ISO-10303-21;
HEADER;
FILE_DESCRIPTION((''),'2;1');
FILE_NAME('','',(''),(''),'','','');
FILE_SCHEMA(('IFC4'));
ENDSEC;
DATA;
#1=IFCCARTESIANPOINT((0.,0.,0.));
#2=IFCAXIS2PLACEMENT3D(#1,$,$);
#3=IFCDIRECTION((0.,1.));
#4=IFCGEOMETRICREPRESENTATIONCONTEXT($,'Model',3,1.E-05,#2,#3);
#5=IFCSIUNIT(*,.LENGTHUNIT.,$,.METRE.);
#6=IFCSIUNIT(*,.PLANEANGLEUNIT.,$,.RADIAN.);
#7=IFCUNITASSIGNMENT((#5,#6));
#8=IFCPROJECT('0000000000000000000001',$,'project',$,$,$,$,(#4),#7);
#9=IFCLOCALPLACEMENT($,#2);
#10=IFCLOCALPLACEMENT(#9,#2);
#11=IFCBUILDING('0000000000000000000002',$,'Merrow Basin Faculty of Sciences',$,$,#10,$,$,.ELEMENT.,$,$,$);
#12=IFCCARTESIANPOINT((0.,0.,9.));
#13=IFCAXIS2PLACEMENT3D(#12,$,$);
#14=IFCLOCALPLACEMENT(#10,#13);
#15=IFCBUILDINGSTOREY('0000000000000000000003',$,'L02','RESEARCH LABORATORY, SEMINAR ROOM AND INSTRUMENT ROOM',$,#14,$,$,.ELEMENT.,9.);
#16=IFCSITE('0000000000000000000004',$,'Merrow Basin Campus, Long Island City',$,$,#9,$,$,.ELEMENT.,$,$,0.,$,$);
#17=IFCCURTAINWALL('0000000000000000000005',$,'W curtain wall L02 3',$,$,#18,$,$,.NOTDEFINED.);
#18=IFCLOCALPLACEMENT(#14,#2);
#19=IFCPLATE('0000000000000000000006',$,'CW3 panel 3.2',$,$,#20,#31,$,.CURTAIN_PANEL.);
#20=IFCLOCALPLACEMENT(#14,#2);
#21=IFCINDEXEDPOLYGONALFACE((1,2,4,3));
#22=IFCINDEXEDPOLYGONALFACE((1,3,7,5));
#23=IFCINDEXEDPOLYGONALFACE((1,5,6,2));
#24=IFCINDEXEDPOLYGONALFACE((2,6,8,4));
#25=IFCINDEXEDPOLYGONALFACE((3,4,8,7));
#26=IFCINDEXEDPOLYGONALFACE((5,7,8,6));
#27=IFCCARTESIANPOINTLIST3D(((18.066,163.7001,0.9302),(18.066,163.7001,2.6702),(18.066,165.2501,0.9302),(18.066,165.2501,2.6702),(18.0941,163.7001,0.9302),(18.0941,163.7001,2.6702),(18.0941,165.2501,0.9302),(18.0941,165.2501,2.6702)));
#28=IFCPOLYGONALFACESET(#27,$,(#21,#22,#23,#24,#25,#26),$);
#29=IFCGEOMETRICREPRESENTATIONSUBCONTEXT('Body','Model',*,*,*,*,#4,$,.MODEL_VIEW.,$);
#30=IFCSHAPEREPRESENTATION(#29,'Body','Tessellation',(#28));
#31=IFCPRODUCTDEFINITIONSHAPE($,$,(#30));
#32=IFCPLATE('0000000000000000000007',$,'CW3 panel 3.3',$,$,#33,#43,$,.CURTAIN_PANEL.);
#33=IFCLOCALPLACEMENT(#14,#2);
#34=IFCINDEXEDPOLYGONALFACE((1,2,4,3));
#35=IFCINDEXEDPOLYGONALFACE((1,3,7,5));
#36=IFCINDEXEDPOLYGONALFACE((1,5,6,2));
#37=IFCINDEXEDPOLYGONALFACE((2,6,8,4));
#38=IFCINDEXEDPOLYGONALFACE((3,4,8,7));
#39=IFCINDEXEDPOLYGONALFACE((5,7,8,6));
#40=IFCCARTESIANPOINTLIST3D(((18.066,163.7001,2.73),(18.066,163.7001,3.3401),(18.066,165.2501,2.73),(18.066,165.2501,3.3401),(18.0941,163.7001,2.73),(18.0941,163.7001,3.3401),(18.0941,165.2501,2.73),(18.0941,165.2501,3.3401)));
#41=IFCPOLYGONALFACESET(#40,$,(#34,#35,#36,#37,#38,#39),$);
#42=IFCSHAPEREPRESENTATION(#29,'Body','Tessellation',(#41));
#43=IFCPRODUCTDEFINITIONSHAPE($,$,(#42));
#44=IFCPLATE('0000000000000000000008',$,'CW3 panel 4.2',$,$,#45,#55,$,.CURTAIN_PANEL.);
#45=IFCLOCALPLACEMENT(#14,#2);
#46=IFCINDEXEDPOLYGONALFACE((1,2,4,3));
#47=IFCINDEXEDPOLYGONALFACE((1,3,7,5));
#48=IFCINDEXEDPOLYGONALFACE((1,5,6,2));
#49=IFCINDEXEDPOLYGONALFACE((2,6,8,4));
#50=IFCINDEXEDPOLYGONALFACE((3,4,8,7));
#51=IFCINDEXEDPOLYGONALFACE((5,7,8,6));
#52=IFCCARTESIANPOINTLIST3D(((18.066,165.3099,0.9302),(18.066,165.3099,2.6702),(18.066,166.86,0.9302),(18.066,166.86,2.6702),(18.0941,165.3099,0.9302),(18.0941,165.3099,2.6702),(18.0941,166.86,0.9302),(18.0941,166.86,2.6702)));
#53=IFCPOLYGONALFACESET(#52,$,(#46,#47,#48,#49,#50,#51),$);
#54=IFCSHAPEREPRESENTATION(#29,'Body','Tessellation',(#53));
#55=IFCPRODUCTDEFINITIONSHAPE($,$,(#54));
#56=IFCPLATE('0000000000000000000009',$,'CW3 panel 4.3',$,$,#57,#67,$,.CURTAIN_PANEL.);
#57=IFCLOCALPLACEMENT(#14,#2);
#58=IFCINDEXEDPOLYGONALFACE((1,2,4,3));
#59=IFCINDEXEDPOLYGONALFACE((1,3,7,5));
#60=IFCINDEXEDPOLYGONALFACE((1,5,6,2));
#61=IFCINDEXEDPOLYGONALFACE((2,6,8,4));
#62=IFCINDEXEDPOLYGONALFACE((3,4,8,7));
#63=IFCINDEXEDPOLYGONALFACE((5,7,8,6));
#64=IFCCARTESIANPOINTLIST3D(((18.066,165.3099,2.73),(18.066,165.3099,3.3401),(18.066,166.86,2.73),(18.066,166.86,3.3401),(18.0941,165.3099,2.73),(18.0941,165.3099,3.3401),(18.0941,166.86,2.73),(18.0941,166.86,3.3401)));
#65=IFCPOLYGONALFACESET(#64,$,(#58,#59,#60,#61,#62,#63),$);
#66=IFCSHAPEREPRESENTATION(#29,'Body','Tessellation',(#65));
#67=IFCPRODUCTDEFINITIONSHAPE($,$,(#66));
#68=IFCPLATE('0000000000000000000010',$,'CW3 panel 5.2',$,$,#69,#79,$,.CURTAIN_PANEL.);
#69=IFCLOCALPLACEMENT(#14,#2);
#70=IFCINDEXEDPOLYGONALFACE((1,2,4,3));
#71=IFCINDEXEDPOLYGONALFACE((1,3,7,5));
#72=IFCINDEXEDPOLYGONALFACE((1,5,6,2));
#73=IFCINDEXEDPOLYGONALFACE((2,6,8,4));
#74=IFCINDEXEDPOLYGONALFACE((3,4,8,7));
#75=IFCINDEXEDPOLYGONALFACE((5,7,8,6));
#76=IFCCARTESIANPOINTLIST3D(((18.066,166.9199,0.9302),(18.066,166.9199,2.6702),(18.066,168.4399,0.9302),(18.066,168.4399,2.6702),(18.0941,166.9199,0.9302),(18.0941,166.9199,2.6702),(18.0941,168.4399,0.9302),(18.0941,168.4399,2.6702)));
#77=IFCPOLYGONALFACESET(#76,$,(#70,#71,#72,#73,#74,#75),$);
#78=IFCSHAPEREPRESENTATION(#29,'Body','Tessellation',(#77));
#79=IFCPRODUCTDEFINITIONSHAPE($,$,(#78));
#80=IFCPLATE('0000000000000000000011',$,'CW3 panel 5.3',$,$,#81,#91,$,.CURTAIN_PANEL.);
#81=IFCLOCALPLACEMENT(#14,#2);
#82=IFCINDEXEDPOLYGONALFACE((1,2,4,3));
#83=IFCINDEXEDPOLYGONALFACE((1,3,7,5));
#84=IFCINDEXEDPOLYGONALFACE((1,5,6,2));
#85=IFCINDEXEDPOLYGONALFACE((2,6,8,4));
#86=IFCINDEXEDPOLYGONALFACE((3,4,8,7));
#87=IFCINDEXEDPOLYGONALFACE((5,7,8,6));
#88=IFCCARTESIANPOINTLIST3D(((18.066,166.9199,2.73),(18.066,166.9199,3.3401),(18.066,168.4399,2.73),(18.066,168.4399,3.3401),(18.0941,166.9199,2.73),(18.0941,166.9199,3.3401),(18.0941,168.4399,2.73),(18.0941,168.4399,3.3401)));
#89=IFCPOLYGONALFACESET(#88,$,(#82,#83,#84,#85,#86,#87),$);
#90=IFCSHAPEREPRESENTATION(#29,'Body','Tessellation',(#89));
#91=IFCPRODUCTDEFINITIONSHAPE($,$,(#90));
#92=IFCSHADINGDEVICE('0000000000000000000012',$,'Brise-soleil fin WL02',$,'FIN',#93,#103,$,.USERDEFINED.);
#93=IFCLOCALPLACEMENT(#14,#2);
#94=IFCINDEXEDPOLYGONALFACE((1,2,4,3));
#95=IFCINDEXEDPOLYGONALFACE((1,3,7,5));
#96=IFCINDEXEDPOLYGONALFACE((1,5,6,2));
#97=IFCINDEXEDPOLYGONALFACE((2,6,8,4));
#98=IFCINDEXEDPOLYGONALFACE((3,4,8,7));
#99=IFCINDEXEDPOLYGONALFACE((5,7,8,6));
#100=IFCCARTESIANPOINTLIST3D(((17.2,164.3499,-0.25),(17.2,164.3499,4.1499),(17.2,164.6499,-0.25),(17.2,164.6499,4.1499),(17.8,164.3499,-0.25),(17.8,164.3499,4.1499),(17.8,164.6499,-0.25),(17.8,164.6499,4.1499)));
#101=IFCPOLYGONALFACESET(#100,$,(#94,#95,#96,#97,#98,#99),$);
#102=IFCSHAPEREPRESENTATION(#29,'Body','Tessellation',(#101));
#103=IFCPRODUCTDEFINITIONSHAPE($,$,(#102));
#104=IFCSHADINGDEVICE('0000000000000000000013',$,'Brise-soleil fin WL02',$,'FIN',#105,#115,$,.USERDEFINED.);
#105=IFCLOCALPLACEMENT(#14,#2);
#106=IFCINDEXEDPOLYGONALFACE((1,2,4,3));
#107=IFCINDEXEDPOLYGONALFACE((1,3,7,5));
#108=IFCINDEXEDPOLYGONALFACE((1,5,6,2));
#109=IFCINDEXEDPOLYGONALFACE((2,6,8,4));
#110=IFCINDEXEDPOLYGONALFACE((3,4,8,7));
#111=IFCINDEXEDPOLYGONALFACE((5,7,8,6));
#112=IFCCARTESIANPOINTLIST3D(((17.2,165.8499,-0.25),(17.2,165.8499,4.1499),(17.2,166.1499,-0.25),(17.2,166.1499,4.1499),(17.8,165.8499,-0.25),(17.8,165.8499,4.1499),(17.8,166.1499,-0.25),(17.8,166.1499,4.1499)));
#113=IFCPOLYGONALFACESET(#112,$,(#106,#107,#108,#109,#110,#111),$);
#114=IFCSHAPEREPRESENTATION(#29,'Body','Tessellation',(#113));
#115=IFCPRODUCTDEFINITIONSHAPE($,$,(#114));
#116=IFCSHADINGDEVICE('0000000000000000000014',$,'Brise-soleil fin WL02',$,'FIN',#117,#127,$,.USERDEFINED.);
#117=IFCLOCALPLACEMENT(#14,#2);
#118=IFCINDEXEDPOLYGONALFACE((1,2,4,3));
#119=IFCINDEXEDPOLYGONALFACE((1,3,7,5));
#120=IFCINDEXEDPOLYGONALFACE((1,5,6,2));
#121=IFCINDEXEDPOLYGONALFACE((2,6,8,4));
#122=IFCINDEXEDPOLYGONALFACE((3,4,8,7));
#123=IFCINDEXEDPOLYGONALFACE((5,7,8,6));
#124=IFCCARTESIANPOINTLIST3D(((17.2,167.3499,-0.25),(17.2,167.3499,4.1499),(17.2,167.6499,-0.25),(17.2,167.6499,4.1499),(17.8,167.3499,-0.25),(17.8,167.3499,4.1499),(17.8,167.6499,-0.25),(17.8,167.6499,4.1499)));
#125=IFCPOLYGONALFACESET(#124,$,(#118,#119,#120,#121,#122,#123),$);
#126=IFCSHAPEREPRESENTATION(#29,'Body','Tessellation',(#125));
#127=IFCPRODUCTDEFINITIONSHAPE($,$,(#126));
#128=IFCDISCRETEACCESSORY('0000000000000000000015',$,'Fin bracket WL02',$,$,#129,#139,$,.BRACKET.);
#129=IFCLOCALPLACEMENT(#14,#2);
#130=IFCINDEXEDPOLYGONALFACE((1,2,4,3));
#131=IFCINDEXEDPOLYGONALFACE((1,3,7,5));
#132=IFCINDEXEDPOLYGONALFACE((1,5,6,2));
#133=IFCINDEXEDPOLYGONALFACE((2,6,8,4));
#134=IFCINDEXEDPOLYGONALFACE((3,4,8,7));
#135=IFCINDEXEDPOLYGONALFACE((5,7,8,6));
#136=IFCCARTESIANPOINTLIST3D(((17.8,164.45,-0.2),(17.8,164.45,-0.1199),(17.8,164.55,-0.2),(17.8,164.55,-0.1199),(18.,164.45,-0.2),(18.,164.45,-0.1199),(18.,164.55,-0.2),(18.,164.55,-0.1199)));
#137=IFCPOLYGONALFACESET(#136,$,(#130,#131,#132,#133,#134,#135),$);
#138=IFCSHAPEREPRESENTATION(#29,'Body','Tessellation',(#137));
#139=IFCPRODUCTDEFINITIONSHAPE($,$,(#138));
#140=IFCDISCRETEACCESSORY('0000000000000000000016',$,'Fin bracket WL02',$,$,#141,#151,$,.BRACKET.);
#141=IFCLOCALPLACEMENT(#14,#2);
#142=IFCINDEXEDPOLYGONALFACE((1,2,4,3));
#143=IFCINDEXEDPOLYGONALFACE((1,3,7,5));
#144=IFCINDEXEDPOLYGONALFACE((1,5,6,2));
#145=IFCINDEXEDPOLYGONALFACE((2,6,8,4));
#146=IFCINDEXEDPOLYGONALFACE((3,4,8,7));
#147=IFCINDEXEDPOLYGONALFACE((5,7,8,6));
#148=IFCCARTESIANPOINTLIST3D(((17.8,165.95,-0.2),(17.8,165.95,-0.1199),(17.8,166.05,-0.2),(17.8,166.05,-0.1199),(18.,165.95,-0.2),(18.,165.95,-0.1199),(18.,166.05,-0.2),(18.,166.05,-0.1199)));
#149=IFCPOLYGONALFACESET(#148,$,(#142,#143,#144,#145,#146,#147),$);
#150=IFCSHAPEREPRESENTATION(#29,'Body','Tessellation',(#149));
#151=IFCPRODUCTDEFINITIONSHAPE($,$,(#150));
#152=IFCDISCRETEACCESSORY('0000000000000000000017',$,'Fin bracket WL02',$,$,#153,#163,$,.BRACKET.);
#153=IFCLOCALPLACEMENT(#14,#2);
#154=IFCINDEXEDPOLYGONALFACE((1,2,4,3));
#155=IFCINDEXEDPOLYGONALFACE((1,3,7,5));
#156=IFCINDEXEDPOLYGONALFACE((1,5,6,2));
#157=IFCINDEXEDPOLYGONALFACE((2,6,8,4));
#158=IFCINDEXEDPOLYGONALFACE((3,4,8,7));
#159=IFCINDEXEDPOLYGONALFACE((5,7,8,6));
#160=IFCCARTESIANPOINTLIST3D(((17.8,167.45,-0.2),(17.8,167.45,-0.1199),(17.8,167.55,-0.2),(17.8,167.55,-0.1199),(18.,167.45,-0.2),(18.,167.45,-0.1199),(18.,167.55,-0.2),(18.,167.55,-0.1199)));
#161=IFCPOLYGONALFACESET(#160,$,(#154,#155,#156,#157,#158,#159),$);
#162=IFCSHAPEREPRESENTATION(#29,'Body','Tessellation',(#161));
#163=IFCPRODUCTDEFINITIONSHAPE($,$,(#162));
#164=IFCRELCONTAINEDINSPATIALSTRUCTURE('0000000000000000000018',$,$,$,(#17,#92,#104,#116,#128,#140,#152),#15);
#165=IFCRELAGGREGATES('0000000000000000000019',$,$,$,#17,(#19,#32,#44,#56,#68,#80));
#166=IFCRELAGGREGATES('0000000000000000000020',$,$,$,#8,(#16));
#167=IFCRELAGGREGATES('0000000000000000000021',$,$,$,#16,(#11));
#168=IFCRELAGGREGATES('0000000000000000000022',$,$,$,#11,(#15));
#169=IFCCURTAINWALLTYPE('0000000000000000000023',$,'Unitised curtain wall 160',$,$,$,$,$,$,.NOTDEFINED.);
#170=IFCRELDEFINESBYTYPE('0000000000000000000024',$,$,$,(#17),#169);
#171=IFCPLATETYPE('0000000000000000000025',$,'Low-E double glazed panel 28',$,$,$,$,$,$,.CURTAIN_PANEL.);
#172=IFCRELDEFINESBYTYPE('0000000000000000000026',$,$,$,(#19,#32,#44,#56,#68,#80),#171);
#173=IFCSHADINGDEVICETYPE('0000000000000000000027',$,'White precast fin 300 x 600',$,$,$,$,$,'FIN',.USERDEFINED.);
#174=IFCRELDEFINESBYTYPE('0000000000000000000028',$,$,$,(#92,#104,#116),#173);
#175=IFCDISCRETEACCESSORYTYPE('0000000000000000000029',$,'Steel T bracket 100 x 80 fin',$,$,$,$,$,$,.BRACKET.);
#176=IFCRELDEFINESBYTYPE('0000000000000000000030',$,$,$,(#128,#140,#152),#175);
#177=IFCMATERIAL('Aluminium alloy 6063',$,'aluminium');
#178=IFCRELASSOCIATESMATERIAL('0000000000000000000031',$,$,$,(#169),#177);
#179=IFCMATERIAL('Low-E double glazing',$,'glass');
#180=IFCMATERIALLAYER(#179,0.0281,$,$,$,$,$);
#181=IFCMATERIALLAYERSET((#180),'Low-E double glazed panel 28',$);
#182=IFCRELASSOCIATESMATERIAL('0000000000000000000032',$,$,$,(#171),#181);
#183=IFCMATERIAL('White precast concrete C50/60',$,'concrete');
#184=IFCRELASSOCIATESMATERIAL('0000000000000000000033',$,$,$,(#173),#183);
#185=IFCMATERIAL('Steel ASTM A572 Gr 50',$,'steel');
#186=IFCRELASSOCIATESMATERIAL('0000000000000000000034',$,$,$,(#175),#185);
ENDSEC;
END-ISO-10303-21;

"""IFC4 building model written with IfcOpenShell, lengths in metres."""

from ifc_helpers import new_model, si_unit, direction, frame, origin, origin_2d, place, context, subcontext, project, spatial, polyline, rectangle, outline, extrude, source, transform, mapped, material, layer, layer_set, type_object, element, aggregate, save


model = new_model("IFC4")

# Units and contexts
model_context = context("Model", 3, precision=1e-05, world=origin(), true_north=direction((0.0, 1.0)))
body_context = subcontext(model_context, "Body", "Model", "MODEL_VIEW")
ifc_project = project(units=[si_unit("LENGTHUNIT", "METRE"), si_unit("PLANEANGLEUNIT", "RADIAN")], contexts=[model_context])

# Site, building, storey
site_placement = place(None, origin())
site = spatial("IfcSite", under=ifc_project, at=site_placement, Name="Merrow Basin Campus, Long Island City", CompositionType="ELEMENT", RefElevation=0.0)
building_placement = place(site_placement, origin())
building = spatial("IfcBuilding", under=site, at=building_placement, Name="Merrow Basin Faculty of Sciences", CompositionType="ELEMENT")
storey_placement = place(building_placement, frame((0.0, 0.0, 9.0)))
storey = spatial("IfcBuildingStorey", under=building, at=storey_placement, Name="L02", Description="RESEARCH LABORATORY, SEMINAR ROOM AND INSTRUMENT ROOM", CompositionType="ELEMENT", Elevation=9.0)

# Curtain wall, plates
ifc_material_1 = material(Name="Aluminium alloy 6063", Category="aluminium")
curtain_wall_type = type_object("IfcCurtainWallType", Name="Unitised curtain wall 160", PredefinedType="NOTDEFINED", material=ifc_material_1)
curtain_wall_placement = place(storey_placement, origin())
curtain_wall = element("IfcCurtainWall", 1, at=curtain_wall_placement, inside=storey, type_object=curtain_wall_type, Name="W curtain wall L02 3", PredefinedType="NOTDEFINED")
ifc_material_2 = material(Name="Low-E double glazing", Category="glass")
ifc_layer_1 = layer(ifc_material_2, 0.0281)
ifc_layer_set_1 = layer_set([ifc_layer_1], Name="Low-E double glazed panel 28")
plate_type_1 = type_object("IfcPlateType", Name="Low-E double glazed panel 28", PredefinedType="CURTAIN_PANEL", material=ifc_layer_set_1)
plate_1_placement = place(storey_placement, frame((18.0801, 164.4751, 0.9302), z_axis=(0.0, 0.0, 1.0), x_axis=(0.0, 1.0, 0.0)))
plate_1 = element("IfcPlate", 2, at=plate_1_placement, type_object=plate_type_1, Name="CW3 panel 3.2", PredefinedType="CURTAIN_PANEL", context=body_context, shape_type="SweptSolid", body=[
    extrude(rectangle(XDim=1.55, YDim=0.0281, at=origin_2d()), origin(), (0.0, 0.0, 1.0), 1.74),
])
plate_2_placement = place(storey_placement, frame((18.0801, 164.4751, 2.73), z_axis=(0.0, 0.0, 1.0), x_axis=(0.0, 1.0, 0.0)))
plate_2 = element("IfcPlate", 3, at=plate_2_placement, type_object=plate_type_1, Name="CW3 panel 3.3", PredefinedType="CURTAIN_PANEL", context=body_context, shape_type="SweptSolid", body=[
    extrude(rectangle(XDim=1.55, YDim=0.0281, at=origin_2d()), origin(), (0.0, 0.0, 1.0), 0.6101),
])
plate_3_placement = place(storey_placement, frame((18.0801, 166.085, 0.9302), z_axis=(0.0, 0.0, 1.0), x_axis=(0.0, 1.0, 0.0)))
plate_3 = element("IfcPlate", 4, at=plate_3_placement, type_object=plate_type_1, Name="CW3 panel 4.2", PredefinedType="CURTAIN_PANEL", context=body_context, shape_type="SweptSolid", body=[
    extrude(rectangle(XDim=1.55, YDim=0.0281, at=origin_2d()), origin(), (0.0, 0.0, 1.0), 1.74),
])
plate_4_placement = place(storey_placement, frame((18.0801, 166.085, 2.73), z_axis=(0.0, 0.0, 1.0), x_axis=(0.0, 1.0, 0.0)))
plate_4 = element("IfcPlate", 5, at=plate_4_placement, type_object=plate_type_1, Name="CW3 panel 4.3", PredefinedType="CURTAIN_PANEL", context=body_context, shape_type="SweptSolid", body=[
    extrude(rectangle(XDim=1.55, YDim=0.0281, at=origin_2d()), origin(), (0.0, 0.0, 1.0), 0.6101),
])
plate_5_placement = place(storey_placement, frame((18.0801, 167.6799, 0.9302), z_axis=(0.0, 0.0, 1.0), x_axis=(0.0, 1.0, 0.0)))
plate_5 = element("IfcPlate", 6, at=plate_5_placement, type_object=plate_type_1, Name="CW3 panel 5.2", PredefinedType="CURTAIN_PANEL", context=body_context, shape_type="SweptSolid", body=[
    extrude(rectangle(XDim=1.52, YDim=0.0281, at=origin_2d()), origin(), (0.0, 0.0, 1.0), 1.74),
])
plate_6_placement = place(storey_placement, frame((18.0801, 167.6799, 2.73), z_axis=(0.0, 0.0, 1.0), x_axis=(0.0, 1.0, 0.0)))
plate_6 = element("IfcPlate", 7, at=plate_6_placement, type_object=plate_type_1, Name="CW3 panel 5.3", PredefinedType="CURTAIN_PANEL", context=body_context, shape_type="SweptSolid", body=[
    extrude(rectangle(XDim=1.52, YDim=0.0281, at=origin_2d()), origin(), (0.0, 0.0, 1.0), 0.6101),
])
aggregate(curtain_wall, [plate_1, plate_2, plate_3, plate_4, plate_5, plate_6])

# Shading devices
ifc_material_3 = material(Name="White precast concrete C50/60", Category="concrete")
shading_device_type = type_object("IfcShadingDeviceType", Name="White precast fin 300 x 600", ElementType="FIN", PredefinedType="USERDEFINED", material=ifc_material_3)
shared_shape_1 = source(origin(), body_context, "Body", "SweptSolid", [
    extrude(outline(polyline([(0.0, 0.0), (0.3, 0.0), (0.3, 4.3999), (0.0, 4.3999), (0.0, 0.0)])), origin(), (0.0, 0.0, 1.0), 0.6001),
])
for number, where, z_axis, x_axis, name in (
    (8, (17.8, 164.6499, -0.25), (-1.0, 0.0, 0.0), (0.0, -1.0, 0.0), "Brise-soleil fin WL02"),
    (9, (17.8, 166.1499, -0.25), (-1.0, 0.0, 0.0), (0.0, -1.0, 0.0), "Brise-soleil fin WL02"),
    (10, (17.8, 167.6499, -0.25), (-1.0, 0.0, 0.0), (0.0, -1.0, 0.0), "Brise-soleil fin WL02"),
):
    element("IfcShadingDevice", number, at=place(storey_placement, frame(where, z_axis=z_axis, x_axis=x_axis)), inside=storey, type_object=shading_device_type, Name=name, ObjectType="FIN", PredefinedType="USERDEFINED", context=body_context, shape_type="MappedRepresentation", body=[
        mapped(shared_shape_1, transform((0.0, 0.0, 0.0), scale=1.0)),
    ])

# Discrete accessories
ifc_material_4 = material(Name="Steel ASTM A572 Gr 50", Category="steel")
discrete_accessory_type = type_object("IfcDiscreteAccessoryType", Name="Steel T bracket 100 x 80 fin", PredefinedType="BRACKET", material=ifc_material_4)
shared_shape_2 = source(origin(), body_context, "Body", "SweptSolid", [
    extrude(outline(polyline([(0.0, 0.0), (0.1001, 0.0), (0.1001, 0.0801), (0.0, 0.0801), (0.0, 0.0)])), origin(), (0.0, 0.0, 1.0), 0.2),
])
for number, where, z_axis, x_axis, name in (
    (11, (18.0, 164.55, -0.2), (-1.0, 0.0, 0.0), (0.0, -1.0, 0.0), "Fin bracket WL02"),
    (12, (18.0, 166.05, -0.2), (-1.0, 0.0, 0.0), (0.0, -1.0, 0.0), "Fin bracket WL02"),
    (13, (18.0, 167.55, -0.2), (-1.0, 0.0, 0.0), (0.0, -1.0, 0.0), "Fin bracket WL02"),
):
    element("IfcDiscreteAccessory", number, at=place(storey_placement, frame(where, z_axis=z_axis, x_axis=x_axis)), inside=storey, type_object=discrete_accessory_type, Name=name, PredefinedType="BRACKET", context=body_context, shape_type="MappedRepresentation", body=[
        mapped(shared_shape_2, transform((0.0, 0.0, 0.0), scale=1.0)),
    ])

save(model, "model.ifc")
